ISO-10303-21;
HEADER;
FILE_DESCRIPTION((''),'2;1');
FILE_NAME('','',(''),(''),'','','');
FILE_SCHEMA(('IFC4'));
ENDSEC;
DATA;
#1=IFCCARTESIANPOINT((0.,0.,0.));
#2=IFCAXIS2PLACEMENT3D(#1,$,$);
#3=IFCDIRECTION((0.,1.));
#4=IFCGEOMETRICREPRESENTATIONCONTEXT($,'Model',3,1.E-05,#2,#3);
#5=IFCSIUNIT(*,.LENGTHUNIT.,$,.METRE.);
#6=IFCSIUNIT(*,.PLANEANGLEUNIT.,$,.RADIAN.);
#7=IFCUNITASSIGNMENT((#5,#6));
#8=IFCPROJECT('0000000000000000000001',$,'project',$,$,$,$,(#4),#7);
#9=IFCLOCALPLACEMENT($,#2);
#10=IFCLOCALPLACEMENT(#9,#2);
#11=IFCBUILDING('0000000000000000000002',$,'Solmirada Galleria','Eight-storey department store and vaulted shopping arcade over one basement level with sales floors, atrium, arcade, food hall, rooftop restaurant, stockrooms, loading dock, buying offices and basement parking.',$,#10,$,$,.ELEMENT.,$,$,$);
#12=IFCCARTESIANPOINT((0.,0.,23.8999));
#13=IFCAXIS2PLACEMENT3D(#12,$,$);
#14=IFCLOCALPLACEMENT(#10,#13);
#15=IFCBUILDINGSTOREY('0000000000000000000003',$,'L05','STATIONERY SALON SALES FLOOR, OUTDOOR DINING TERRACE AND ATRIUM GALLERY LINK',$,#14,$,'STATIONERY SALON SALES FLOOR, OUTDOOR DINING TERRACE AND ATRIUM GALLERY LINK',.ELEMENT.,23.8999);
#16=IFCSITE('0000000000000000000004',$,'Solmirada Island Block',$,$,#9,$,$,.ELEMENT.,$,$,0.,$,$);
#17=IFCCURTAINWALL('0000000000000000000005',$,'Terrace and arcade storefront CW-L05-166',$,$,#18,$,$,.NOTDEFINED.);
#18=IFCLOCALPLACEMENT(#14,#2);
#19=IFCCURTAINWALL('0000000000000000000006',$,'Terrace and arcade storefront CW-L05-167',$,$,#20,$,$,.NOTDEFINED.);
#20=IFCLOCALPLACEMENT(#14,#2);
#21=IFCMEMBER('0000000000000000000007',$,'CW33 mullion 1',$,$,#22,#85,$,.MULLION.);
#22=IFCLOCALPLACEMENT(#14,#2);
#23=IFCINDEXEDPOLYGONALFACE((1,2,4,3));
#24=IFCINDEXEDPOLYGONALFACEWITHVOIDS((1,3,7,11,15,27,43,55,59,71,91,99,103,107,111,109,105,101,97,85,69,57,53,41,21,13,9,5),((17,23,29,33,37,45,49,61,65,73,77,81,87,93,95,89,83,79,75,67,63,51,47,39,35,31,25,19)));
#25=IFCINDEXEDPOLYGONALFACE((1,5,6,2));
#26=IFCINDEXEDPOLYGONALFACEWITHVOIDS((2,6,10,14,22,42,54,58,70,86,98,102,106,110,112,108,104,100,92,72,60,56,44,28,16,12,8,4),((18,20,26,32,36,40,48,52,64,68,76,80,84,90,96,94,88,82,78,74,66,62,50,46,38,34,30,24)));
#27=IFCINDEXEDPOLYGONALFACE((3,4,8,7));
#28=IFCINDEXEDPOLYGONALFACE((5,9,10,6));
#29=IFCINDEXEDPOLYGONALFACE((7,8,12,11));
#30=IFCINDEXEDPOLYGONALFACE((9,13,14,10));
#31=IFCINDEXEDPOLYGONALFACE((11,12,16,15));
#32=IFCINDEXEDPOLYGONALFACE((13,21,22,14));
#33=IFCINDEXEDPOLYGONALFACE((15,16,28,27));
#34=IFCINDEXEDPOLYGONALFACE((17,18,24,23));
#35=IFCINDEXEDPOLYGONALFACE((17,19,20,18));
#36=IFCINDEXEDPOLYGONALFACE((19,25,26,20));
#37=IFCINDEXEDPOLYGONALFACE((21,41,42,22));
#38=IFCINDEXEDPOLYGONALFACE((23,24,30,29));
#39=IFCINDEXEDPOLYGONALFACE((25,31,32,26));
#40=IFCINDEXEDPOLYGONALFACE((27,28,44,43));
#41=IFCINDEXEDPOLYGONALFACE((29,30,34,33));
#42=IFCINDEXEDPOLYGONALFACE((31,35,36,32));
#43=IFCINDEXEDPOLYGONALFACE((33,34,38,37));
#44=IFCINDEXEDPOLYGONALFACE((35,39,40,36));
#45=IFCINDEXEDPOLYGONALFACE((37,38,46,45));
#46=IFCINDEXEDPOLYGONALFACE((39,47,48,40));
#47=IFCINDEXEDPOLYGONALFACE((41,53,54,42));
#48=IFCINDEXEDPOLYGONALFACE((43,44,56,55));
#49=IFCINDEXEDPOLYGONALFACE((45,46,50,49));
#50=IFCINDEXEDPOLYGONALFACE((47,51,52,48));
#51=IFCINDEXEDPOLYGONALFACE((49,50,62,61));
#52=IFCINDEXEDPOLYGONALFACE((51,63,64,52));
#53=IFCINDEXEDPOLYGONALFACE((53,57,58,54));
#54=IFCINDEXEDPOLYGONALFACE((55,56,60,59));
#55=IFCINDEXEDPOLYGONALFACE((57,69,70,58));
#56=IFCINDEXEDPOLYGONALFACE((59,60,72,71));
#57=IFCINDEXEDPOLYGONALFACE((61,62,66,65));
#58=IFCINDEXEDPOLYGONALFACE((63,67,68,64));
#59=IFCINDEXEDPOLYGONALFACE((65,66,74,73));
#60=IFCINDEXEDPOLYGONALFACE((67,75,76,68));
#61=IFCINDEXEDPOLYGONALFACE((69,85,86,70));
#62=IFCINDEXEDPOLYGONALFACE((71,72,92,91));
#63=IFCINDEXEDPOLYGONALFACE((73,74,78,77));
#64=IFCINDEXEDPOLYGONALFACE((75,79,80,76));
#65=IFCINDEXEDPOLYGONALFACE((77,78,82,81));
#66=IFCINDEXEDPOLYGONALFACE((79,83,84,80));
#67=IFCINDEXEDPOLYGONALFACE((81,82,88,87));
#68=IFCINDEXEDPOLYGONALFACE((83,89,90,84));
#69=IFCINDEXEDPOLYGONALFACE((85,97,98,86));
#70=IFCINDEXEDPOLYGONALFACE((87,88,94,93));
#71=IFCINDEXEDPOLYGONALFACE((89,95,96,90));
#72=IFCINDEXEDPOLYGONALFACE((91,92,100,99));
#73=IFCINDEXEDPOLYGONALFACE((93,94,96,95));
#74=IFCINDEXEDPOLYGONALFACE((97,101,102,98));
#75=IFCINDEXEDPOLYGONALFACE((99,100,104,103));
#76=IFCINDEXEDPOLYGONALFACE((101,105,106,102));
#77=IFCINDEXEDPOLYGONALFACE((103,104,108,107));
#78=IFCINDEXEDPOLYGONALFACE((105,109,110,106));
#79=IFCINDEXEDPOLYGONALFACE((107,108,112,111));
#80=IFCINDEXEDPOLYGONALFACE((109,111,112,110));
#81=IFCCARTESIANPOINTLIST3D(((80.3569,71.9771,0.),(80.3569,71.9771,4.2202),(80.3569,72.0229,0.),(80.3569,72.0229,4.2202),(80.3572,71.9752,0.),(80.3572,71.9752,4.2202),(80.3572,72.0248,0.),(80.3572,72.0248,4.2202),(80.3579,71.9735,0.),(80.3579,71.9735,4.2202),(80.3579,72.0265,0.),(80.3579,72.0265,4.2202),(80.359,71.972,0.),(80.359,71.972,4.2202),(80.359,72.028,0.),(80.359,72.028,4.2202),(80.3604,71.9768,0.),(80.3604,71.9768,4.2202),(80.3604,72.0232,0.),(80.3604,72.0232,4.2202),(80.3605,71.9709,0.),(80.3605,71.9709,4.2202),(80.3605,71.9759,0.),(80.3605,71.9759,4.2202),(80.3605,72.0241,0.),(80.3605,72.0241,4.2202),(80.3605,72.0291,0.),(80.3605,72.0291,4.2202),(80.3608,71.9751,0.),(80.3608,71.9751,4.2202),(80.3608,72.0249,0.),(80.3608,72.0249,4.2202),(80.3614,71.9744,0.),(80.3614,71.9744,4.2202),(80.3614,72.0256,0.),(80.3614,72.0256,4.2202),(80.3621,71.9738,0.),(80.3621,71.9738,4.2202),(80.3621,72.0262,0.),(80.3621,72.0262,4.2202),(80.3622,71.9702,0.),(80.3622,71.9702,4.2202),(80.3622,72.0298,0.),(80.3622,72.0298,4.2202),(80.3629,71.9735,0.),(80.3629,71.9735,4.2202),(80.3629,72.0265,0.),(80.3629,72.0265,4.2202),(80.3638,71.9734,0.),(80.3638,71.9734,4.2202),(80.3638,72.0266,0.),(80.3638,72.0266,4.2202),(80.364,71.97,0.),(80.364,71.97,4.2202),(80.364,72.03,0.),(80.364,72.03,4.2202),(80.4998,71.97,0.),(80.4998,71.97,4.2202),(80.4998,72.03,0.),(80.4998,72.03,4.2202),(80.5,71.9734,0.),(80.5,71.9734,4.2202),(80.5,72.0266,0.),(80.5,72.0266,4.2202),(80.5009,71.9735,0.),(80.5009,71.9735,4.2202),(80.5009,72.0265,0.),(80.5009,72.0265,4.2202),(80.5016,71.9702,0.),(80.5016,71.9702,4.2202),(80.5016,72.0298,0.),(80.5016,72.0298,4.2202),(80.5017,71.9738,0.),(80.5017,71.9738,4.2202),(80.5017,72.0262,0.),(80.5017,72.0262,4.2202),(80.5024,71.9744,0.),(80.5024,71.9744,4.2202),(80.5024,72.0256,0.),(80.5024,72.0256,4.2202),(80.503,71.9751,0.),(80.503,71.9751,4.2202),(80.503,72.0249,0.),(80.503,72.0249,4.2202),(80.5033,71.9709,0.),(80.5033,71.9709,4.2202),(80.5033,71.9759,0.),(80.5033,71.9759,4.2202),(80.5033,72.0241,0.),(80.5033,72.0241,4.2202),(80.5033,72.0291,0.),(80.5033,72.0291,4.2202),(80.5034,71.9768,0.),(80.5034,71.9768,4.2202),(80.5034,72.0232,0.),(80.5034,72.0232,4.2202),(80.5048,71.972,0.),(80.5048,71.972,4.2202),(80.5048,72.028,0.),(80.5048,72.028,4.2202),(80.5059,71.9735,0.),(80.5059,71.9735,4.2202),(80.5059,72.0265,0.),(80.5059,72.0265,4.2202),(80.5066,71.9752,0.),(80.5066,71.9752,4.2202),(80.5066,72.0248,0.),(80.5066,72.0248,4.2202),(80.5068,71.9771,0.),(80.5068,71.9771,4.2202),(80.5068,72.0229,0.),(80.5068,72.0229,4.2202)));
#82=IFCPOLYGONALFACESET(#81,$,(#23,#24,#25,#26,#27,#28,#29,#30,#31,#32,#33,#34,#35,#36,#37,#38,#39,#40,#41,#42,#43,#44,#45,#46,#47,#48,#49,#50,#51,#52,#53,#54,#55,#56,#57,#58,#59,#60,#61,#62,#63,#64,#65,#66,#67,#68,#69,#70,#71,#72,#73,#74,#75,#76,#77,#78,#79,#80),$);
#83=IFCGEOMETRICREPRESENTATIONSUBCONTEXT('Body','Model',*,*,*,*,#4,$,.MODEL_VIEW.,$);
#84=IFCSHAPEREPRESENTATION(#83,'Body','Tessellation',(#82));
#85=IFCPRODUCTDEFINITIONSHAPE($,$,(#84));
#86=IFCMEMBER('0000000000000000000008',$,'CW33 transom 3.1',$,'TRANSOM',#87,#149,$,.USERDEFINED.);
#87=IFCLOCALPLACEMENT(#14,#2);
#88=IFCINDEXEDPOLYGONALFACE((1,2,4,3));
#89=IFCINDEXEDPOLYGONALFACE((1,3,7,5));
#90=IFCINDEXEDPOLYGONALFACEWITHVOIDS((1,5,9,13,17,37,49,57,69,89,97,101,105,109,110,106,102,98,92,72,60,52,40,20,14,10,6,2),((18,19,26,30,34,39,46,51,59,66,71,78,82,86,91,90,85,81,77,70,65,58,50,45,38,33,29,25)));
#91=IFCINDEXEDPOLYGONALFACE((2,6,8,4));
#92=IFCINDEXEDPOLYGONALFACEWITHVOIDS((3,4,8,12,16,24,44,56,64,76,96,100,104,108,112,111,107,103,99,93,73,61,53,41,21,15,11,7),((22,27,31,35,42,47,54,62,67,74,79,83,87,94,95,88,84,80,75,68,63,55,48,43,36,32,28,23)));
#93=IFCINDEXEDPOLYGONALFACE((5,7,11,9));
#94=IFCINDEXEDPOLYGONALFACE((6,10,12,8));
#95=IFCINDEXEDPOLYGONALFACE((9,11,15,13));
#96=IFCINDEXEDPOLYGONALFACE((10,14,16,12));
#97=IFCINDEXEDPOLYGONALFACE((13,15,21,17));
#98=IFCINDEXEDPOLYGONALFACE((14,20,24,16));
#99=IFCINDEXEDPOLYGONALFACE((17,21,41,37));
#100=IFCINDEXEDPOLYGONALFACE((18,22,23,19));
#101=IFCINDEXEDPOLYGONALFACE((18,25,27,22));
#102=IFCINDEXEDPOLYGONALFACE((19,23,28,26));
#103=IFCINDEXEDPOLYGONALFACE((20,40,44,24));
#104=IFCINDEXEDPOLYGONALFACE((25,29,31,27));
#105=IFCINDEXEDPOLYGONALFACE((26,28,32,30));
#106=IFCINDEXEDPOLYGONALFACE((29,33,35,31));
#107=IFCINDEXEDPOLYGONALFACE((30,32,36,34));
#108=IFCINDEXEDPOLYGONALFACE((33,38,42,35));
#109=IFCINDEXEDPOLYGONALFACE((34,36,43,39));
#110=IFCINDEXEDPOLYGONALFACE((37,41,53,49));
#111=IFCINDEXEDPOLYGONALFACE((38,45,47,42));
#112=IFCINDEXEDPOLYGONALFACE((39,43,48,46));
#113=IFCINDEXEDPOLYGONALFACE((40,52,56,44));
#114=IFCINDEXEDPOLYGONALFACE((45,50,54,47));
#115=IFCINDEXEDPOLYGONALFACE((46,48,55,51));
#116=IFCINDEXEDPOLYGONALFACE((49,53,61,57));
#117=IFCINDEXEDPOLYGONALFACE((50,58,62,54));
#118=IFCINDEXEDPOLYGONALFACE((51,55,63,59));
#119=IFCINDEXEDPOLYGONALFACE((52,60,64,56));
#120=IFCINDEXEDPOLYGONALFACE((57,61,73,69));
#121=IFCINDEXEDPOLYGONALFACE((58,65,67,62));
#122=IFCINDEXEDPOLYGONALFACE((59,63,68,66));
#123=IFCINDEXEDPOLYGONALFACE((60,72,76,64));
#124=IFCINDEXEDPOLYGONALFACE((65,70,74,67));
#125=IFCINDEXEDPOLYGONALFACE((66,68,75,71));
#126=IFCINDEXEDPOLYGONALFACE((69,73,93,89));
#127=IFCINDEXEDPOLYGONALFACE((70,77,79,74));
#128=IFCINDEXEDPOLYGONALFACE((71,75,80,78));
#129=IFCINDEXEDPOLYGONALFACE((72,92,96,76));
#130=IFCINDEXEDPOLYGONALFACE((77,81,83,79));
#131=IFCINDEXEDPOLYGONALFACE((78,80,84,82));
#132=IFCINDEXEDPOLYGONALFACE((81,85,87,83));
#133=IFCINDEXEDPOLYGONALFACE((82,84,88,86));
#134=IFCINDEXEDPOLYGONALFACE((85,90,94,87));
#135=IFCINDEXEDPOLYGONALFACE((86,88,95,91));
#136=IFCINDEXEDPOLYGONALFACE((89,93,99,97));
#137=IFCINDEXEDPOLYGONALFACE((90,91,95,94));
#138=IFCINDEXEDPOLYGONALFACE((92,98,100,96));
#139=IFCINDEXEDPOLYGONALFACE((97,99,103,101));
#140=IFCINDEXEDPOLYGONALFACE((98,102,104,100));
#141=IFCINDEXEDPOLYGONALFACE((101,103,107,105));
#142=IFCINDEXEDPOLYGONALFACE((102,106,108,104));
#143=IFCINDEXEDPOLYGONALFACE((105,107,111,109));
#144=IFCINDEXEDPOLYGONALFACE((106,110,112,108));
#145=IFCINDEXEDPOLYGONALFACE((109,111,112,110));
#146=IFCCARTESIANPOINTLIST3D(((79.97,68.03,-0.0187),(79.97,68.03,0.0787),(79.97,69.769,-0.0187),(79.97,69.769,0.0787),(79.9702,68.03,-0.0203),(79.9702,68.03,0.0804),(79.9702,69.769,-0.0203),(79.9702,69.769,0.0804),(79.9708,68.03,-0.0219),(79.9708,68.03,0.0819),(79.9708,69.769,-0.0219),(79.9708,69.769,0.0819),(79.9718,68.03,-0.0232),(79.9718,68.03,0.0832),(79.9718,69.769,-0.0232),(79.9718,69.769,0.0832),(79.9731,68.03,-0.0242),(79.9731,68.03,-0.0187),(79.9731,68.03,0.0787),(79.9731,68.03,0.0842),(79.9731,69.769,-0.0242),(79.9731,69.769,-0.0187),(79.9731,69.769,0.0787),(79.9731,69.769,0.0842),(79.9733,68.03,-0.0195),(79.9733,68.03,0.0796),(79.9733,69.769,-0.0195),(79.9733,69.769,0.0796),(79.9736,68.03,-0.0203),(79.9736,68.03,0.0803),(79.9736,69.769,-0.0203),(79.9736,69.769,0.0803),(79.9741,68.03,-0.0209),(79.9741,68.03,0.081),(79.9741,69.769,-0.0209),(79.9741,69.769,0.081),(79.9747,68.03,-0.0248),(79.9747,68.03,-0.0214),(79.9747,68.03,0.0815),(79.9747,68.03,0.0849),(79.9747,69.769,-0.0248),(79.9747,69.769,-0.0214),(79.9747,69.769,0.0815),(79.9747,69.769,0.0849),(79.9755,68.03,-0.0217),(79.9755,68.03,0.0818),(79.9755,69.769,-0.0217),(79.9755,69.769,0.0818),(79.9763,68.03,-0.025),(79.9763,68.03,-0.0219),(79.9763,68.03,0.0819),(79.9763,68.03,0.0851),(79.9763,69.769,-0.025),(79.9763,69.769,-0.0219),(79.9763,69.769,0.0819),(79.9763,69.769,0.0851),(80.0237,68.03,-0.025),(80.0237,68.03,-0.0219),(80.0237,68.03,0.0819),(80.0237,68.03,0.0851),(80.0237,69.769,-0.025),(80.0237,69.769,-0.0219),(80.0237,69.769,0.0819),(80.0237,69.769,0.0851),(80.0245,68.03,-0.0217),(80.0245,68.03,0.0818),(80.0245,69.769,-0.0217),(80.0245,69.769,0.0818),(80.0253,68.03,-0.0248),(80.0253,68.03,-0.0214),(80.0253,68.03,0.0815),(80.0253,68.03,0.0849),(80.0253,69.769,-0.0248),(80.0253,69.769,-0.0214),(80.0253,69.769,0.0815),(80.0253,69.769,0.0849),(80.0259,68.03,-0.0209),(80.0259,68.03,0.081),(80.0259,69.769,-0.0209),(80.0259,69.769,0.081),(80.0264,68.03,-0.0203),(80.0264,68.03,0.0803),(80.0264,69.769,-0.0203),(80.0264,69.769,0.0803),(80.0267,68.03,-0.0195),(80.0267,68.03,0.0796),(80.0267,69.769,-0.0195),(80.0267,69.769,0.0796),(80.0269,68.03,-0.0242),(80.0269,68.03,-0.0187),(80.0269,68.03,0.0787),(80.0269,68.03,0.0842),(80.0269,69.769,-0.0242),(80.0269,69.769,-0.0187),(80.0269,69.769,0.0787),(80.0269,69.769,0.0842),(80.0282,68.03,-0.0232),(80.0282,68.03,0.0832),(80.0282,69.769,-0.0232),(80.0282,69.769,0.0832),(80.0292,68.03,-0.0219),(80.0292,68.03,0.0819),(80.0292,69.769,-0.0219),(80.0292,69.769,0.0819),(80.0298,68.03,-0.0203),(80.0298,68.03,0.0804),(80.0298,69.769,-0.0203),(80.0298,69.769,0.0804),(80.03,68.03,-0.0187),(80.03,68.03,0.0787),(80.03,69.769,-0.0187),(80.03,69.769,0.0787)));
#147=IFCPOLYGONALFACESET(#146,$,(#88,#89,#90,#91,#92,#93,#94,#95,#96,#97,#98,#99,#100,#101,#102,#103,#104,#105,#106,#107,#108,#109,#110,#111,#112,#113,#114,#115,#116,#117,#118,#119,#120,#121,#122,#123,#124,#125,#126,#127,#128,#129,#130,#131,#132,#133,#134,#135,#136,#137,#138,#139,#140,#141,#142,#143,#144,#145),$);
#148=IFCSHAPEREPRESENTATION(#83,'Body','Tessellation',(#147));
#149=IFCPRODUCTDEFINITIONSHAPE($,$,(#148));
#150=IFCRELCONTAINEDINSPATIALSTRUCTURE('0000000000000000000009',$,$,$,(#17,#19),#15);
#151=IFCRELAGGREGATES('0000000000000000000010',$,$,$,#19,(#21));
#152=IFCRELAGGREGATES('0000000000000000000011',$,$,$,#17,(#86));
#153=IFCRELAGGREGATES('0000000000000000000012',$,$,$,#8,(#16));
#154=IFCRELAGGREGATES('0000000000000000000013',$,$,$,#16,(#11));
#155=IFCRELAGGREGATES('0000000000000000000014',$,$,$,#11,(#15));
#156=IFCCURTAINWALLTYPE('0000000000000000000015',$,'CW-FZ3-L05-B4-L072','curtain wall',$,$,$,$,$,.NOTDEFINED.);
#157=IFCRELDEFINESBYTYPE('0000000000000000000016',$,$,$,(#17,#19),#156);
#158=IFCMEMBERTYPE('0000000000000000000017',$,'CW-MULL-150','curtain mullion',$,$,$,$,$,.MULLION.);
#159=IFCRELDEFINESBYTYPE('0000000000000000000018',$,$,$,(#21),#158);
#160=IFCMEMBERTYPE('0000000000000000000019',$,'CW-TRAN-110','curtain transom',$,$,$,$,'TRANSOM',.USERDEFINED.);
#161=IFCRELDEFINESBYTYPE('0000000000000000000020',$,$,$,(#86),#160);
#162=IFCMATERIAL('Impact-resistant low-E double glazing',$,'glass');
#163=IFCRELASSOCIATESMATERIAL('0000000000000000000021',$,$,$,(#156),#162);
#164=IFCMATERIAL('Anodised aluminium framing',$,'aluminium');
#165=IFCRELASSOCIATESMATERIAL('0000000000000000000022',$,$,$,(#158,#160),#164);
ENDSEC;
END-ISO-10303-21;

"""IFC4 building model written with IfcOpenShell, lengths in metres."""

from ifc_helpers import new_model, si_unit, direction, frame, origin, origin_2d, place, context, subcontext, project, spatial, hollow_rectangle, extrude, material, material_profile, profile_set, type_object, element, aggregate, save


model = new_model("IFC4")

# Units and contexts
model_context = context("Model", 3, precision=1e-05, world=origin(), true_north=direction((0.0, 1.0)))
body_context = subcontext(model_context, "Body", "Model", "MODEL_VIEW")
ifc_project = project(units=[si_unit("LENGTHUNIT", "METRE"), si_unit("PLANEANGLEUNIT", "RADIAN")], contexts=[model_context])

# Site, building, storey
site_placement = place(None, origin())
site = spatial("IfcSite", under=ifc_project, at=site_placement, Name="Solmirada Island Block", CompositionType="ELEMENT", RefElevation=0.0)
building_placement = place(site_placement, origin())
building = spatial("IfcBuilding", under=site, at=building_placement, Name="Solmirada Galleria", Description="Eight-storey department store and vaulted shopping arcade over one basement level with sales floors, atrium, arcade, food hall, rooftop restaurant, stockrooms, loading dock, buying offices and basement parking.", CompositionType="ELEMENT")
storey_placement = place(building_placement, frame((0.0, 0.0, 23.8999)))
storey = spatial("IfcBuildingStorey", under=building, at=storey_placement, Name="L05", Description="STATIONERY SALON SALES FLOOR, OUTDOOR DINING TERRACE AND ATRIUM GALLERY LINK", LongName="STATIONERY SALON SALES FLOOR, OUTDOOR DINING TERRACE AND ATRIUM GALLERY LINK", CompositionType="ELEMENT", Elevation=23.8999)

# Curtain wall
ifc_material_1 = material(Name="Impact-resistant low-E double glazing", Category="glass")
curtain_wall_type = type_object("IfcCurtainWallType", Name="CW-FZ3-L05-B4-L072", Description="curtain wall", PredefinedType="NOTDEFINED", material=ifc_material_1)
curtain_wall_1_placement = place(storey_placement, origin())
curtain_wall_1 = element("IfcCurtainWall", 1, at=curtain_wall_1_placement, inside=storey, type_object=curtain_wall_type, Name="Terrace and arcade storefront CW-L05-166", PredefinedType="NOTDEFINED")
ifc_material_2 = material(Name="Anodised aluminium framing", Category="aluminium")
ifc_material_profile_1 = material_profile(ifc_material_2, hollow_rectangle(XDim=0.0601, YDim=0.1499, WallThickness=0.0034, InnerFilletRadius=0.0034, OuterFilletRadius=0.0071, at=origin_2d()), Name="ALU-MULL-150X60")
ifc_profile_set_1 = profile_set([ifc_material_profile_1], Name="Anodised aluminium framing")
member_type_1 = type_object("IfcMemberType", Name="CW-MULL-150", Description="curtain mullion", PredefinedType="MULLION", material=ifc_profile_set_1)

# Curtain wall, member
curtain_wall_2_placement = place(storey_placement, origin())
curtain_wall_2 = element("IfcCurtainWall", 2, at=curtain_wall_2_placement, inside=storey, type_object=curtain_wall_type, Name="Terrace and arcade storefront CW-L05-167", PredefinedType="NOTDEFINED")
member_1_placement = place(storey_placement, frame((80.4319, 72.0, 0.0), z_axis=(0.0, 0.0, 1.0), x_axis=(0.0, 1.0, 0.0)))
member_1 = element("IfcMember", 3, at=member_1_placement, type_object=member_type_1, Name="CW33 mullion 1", PredefinedType="MULLION", context=body_context, shape_type="SweptSolid", body=[
    extrude(hollow_rectangle(XDim=0.0601, YDim=0.1499, WallThickness=0.0034, InnerFilletRadius=0.0034, OuterFilletRadius=0.0071, at=origin_2d()), origin(), (0.0, 0.0, 1.0), 4.2202),
])
aggregate(curtain_wall_2, [member_1])

# Member
ifc_material_profile_2 = material_profile(ifc_material_2, hollow_rectangle(XDim=0.0601, YDim=0.1101, WallThickness=0.0032, InnerFilletRadius=0.0032, OuterFilletRadius=0.0063, at=origin_2d()), Name="ALU-TRAN-110X60")
ifc_profile_set_2 = profile_set([ifc_material_profile_2], Name="Anodised aluminium framing")
member_type_2 = type_object("IfcMemberType", Name="CW-TRAN-110", Description="curtain transom", ElementType="TRANSOM", PredefinedType="USERDEFINED", material=ifc_profile_set_2)
member_2_placement = place(storey_placement, frame((80.0, 68.03, 0.03), z_axis=(0.0, 1.0, 0.0), x_axis=(-1.0, 0.0, 0.0)))
member_2 = element("IfcMember", 4, at=member_2_placement, type_object=member_type_2, Name="CW33 transom 3.1", ObjectType="TRANSOM", PredefinedType="USERDEFINED", context=body_context, shape_type="SweptSolid", body=[
    extrude(hollow_rectangle(XDim=0.0601, YDim=0.1101, WallThickness=0.0032, InnerFilletRadius=0.0032, OuterFilletRadius=0.0063, at=origin_2d()), origin(), (0.0, 0.0, 1.0), 1.739),
])

aggregate(curtain_wall_1, [member_2])

save(model, "model.ifc")
